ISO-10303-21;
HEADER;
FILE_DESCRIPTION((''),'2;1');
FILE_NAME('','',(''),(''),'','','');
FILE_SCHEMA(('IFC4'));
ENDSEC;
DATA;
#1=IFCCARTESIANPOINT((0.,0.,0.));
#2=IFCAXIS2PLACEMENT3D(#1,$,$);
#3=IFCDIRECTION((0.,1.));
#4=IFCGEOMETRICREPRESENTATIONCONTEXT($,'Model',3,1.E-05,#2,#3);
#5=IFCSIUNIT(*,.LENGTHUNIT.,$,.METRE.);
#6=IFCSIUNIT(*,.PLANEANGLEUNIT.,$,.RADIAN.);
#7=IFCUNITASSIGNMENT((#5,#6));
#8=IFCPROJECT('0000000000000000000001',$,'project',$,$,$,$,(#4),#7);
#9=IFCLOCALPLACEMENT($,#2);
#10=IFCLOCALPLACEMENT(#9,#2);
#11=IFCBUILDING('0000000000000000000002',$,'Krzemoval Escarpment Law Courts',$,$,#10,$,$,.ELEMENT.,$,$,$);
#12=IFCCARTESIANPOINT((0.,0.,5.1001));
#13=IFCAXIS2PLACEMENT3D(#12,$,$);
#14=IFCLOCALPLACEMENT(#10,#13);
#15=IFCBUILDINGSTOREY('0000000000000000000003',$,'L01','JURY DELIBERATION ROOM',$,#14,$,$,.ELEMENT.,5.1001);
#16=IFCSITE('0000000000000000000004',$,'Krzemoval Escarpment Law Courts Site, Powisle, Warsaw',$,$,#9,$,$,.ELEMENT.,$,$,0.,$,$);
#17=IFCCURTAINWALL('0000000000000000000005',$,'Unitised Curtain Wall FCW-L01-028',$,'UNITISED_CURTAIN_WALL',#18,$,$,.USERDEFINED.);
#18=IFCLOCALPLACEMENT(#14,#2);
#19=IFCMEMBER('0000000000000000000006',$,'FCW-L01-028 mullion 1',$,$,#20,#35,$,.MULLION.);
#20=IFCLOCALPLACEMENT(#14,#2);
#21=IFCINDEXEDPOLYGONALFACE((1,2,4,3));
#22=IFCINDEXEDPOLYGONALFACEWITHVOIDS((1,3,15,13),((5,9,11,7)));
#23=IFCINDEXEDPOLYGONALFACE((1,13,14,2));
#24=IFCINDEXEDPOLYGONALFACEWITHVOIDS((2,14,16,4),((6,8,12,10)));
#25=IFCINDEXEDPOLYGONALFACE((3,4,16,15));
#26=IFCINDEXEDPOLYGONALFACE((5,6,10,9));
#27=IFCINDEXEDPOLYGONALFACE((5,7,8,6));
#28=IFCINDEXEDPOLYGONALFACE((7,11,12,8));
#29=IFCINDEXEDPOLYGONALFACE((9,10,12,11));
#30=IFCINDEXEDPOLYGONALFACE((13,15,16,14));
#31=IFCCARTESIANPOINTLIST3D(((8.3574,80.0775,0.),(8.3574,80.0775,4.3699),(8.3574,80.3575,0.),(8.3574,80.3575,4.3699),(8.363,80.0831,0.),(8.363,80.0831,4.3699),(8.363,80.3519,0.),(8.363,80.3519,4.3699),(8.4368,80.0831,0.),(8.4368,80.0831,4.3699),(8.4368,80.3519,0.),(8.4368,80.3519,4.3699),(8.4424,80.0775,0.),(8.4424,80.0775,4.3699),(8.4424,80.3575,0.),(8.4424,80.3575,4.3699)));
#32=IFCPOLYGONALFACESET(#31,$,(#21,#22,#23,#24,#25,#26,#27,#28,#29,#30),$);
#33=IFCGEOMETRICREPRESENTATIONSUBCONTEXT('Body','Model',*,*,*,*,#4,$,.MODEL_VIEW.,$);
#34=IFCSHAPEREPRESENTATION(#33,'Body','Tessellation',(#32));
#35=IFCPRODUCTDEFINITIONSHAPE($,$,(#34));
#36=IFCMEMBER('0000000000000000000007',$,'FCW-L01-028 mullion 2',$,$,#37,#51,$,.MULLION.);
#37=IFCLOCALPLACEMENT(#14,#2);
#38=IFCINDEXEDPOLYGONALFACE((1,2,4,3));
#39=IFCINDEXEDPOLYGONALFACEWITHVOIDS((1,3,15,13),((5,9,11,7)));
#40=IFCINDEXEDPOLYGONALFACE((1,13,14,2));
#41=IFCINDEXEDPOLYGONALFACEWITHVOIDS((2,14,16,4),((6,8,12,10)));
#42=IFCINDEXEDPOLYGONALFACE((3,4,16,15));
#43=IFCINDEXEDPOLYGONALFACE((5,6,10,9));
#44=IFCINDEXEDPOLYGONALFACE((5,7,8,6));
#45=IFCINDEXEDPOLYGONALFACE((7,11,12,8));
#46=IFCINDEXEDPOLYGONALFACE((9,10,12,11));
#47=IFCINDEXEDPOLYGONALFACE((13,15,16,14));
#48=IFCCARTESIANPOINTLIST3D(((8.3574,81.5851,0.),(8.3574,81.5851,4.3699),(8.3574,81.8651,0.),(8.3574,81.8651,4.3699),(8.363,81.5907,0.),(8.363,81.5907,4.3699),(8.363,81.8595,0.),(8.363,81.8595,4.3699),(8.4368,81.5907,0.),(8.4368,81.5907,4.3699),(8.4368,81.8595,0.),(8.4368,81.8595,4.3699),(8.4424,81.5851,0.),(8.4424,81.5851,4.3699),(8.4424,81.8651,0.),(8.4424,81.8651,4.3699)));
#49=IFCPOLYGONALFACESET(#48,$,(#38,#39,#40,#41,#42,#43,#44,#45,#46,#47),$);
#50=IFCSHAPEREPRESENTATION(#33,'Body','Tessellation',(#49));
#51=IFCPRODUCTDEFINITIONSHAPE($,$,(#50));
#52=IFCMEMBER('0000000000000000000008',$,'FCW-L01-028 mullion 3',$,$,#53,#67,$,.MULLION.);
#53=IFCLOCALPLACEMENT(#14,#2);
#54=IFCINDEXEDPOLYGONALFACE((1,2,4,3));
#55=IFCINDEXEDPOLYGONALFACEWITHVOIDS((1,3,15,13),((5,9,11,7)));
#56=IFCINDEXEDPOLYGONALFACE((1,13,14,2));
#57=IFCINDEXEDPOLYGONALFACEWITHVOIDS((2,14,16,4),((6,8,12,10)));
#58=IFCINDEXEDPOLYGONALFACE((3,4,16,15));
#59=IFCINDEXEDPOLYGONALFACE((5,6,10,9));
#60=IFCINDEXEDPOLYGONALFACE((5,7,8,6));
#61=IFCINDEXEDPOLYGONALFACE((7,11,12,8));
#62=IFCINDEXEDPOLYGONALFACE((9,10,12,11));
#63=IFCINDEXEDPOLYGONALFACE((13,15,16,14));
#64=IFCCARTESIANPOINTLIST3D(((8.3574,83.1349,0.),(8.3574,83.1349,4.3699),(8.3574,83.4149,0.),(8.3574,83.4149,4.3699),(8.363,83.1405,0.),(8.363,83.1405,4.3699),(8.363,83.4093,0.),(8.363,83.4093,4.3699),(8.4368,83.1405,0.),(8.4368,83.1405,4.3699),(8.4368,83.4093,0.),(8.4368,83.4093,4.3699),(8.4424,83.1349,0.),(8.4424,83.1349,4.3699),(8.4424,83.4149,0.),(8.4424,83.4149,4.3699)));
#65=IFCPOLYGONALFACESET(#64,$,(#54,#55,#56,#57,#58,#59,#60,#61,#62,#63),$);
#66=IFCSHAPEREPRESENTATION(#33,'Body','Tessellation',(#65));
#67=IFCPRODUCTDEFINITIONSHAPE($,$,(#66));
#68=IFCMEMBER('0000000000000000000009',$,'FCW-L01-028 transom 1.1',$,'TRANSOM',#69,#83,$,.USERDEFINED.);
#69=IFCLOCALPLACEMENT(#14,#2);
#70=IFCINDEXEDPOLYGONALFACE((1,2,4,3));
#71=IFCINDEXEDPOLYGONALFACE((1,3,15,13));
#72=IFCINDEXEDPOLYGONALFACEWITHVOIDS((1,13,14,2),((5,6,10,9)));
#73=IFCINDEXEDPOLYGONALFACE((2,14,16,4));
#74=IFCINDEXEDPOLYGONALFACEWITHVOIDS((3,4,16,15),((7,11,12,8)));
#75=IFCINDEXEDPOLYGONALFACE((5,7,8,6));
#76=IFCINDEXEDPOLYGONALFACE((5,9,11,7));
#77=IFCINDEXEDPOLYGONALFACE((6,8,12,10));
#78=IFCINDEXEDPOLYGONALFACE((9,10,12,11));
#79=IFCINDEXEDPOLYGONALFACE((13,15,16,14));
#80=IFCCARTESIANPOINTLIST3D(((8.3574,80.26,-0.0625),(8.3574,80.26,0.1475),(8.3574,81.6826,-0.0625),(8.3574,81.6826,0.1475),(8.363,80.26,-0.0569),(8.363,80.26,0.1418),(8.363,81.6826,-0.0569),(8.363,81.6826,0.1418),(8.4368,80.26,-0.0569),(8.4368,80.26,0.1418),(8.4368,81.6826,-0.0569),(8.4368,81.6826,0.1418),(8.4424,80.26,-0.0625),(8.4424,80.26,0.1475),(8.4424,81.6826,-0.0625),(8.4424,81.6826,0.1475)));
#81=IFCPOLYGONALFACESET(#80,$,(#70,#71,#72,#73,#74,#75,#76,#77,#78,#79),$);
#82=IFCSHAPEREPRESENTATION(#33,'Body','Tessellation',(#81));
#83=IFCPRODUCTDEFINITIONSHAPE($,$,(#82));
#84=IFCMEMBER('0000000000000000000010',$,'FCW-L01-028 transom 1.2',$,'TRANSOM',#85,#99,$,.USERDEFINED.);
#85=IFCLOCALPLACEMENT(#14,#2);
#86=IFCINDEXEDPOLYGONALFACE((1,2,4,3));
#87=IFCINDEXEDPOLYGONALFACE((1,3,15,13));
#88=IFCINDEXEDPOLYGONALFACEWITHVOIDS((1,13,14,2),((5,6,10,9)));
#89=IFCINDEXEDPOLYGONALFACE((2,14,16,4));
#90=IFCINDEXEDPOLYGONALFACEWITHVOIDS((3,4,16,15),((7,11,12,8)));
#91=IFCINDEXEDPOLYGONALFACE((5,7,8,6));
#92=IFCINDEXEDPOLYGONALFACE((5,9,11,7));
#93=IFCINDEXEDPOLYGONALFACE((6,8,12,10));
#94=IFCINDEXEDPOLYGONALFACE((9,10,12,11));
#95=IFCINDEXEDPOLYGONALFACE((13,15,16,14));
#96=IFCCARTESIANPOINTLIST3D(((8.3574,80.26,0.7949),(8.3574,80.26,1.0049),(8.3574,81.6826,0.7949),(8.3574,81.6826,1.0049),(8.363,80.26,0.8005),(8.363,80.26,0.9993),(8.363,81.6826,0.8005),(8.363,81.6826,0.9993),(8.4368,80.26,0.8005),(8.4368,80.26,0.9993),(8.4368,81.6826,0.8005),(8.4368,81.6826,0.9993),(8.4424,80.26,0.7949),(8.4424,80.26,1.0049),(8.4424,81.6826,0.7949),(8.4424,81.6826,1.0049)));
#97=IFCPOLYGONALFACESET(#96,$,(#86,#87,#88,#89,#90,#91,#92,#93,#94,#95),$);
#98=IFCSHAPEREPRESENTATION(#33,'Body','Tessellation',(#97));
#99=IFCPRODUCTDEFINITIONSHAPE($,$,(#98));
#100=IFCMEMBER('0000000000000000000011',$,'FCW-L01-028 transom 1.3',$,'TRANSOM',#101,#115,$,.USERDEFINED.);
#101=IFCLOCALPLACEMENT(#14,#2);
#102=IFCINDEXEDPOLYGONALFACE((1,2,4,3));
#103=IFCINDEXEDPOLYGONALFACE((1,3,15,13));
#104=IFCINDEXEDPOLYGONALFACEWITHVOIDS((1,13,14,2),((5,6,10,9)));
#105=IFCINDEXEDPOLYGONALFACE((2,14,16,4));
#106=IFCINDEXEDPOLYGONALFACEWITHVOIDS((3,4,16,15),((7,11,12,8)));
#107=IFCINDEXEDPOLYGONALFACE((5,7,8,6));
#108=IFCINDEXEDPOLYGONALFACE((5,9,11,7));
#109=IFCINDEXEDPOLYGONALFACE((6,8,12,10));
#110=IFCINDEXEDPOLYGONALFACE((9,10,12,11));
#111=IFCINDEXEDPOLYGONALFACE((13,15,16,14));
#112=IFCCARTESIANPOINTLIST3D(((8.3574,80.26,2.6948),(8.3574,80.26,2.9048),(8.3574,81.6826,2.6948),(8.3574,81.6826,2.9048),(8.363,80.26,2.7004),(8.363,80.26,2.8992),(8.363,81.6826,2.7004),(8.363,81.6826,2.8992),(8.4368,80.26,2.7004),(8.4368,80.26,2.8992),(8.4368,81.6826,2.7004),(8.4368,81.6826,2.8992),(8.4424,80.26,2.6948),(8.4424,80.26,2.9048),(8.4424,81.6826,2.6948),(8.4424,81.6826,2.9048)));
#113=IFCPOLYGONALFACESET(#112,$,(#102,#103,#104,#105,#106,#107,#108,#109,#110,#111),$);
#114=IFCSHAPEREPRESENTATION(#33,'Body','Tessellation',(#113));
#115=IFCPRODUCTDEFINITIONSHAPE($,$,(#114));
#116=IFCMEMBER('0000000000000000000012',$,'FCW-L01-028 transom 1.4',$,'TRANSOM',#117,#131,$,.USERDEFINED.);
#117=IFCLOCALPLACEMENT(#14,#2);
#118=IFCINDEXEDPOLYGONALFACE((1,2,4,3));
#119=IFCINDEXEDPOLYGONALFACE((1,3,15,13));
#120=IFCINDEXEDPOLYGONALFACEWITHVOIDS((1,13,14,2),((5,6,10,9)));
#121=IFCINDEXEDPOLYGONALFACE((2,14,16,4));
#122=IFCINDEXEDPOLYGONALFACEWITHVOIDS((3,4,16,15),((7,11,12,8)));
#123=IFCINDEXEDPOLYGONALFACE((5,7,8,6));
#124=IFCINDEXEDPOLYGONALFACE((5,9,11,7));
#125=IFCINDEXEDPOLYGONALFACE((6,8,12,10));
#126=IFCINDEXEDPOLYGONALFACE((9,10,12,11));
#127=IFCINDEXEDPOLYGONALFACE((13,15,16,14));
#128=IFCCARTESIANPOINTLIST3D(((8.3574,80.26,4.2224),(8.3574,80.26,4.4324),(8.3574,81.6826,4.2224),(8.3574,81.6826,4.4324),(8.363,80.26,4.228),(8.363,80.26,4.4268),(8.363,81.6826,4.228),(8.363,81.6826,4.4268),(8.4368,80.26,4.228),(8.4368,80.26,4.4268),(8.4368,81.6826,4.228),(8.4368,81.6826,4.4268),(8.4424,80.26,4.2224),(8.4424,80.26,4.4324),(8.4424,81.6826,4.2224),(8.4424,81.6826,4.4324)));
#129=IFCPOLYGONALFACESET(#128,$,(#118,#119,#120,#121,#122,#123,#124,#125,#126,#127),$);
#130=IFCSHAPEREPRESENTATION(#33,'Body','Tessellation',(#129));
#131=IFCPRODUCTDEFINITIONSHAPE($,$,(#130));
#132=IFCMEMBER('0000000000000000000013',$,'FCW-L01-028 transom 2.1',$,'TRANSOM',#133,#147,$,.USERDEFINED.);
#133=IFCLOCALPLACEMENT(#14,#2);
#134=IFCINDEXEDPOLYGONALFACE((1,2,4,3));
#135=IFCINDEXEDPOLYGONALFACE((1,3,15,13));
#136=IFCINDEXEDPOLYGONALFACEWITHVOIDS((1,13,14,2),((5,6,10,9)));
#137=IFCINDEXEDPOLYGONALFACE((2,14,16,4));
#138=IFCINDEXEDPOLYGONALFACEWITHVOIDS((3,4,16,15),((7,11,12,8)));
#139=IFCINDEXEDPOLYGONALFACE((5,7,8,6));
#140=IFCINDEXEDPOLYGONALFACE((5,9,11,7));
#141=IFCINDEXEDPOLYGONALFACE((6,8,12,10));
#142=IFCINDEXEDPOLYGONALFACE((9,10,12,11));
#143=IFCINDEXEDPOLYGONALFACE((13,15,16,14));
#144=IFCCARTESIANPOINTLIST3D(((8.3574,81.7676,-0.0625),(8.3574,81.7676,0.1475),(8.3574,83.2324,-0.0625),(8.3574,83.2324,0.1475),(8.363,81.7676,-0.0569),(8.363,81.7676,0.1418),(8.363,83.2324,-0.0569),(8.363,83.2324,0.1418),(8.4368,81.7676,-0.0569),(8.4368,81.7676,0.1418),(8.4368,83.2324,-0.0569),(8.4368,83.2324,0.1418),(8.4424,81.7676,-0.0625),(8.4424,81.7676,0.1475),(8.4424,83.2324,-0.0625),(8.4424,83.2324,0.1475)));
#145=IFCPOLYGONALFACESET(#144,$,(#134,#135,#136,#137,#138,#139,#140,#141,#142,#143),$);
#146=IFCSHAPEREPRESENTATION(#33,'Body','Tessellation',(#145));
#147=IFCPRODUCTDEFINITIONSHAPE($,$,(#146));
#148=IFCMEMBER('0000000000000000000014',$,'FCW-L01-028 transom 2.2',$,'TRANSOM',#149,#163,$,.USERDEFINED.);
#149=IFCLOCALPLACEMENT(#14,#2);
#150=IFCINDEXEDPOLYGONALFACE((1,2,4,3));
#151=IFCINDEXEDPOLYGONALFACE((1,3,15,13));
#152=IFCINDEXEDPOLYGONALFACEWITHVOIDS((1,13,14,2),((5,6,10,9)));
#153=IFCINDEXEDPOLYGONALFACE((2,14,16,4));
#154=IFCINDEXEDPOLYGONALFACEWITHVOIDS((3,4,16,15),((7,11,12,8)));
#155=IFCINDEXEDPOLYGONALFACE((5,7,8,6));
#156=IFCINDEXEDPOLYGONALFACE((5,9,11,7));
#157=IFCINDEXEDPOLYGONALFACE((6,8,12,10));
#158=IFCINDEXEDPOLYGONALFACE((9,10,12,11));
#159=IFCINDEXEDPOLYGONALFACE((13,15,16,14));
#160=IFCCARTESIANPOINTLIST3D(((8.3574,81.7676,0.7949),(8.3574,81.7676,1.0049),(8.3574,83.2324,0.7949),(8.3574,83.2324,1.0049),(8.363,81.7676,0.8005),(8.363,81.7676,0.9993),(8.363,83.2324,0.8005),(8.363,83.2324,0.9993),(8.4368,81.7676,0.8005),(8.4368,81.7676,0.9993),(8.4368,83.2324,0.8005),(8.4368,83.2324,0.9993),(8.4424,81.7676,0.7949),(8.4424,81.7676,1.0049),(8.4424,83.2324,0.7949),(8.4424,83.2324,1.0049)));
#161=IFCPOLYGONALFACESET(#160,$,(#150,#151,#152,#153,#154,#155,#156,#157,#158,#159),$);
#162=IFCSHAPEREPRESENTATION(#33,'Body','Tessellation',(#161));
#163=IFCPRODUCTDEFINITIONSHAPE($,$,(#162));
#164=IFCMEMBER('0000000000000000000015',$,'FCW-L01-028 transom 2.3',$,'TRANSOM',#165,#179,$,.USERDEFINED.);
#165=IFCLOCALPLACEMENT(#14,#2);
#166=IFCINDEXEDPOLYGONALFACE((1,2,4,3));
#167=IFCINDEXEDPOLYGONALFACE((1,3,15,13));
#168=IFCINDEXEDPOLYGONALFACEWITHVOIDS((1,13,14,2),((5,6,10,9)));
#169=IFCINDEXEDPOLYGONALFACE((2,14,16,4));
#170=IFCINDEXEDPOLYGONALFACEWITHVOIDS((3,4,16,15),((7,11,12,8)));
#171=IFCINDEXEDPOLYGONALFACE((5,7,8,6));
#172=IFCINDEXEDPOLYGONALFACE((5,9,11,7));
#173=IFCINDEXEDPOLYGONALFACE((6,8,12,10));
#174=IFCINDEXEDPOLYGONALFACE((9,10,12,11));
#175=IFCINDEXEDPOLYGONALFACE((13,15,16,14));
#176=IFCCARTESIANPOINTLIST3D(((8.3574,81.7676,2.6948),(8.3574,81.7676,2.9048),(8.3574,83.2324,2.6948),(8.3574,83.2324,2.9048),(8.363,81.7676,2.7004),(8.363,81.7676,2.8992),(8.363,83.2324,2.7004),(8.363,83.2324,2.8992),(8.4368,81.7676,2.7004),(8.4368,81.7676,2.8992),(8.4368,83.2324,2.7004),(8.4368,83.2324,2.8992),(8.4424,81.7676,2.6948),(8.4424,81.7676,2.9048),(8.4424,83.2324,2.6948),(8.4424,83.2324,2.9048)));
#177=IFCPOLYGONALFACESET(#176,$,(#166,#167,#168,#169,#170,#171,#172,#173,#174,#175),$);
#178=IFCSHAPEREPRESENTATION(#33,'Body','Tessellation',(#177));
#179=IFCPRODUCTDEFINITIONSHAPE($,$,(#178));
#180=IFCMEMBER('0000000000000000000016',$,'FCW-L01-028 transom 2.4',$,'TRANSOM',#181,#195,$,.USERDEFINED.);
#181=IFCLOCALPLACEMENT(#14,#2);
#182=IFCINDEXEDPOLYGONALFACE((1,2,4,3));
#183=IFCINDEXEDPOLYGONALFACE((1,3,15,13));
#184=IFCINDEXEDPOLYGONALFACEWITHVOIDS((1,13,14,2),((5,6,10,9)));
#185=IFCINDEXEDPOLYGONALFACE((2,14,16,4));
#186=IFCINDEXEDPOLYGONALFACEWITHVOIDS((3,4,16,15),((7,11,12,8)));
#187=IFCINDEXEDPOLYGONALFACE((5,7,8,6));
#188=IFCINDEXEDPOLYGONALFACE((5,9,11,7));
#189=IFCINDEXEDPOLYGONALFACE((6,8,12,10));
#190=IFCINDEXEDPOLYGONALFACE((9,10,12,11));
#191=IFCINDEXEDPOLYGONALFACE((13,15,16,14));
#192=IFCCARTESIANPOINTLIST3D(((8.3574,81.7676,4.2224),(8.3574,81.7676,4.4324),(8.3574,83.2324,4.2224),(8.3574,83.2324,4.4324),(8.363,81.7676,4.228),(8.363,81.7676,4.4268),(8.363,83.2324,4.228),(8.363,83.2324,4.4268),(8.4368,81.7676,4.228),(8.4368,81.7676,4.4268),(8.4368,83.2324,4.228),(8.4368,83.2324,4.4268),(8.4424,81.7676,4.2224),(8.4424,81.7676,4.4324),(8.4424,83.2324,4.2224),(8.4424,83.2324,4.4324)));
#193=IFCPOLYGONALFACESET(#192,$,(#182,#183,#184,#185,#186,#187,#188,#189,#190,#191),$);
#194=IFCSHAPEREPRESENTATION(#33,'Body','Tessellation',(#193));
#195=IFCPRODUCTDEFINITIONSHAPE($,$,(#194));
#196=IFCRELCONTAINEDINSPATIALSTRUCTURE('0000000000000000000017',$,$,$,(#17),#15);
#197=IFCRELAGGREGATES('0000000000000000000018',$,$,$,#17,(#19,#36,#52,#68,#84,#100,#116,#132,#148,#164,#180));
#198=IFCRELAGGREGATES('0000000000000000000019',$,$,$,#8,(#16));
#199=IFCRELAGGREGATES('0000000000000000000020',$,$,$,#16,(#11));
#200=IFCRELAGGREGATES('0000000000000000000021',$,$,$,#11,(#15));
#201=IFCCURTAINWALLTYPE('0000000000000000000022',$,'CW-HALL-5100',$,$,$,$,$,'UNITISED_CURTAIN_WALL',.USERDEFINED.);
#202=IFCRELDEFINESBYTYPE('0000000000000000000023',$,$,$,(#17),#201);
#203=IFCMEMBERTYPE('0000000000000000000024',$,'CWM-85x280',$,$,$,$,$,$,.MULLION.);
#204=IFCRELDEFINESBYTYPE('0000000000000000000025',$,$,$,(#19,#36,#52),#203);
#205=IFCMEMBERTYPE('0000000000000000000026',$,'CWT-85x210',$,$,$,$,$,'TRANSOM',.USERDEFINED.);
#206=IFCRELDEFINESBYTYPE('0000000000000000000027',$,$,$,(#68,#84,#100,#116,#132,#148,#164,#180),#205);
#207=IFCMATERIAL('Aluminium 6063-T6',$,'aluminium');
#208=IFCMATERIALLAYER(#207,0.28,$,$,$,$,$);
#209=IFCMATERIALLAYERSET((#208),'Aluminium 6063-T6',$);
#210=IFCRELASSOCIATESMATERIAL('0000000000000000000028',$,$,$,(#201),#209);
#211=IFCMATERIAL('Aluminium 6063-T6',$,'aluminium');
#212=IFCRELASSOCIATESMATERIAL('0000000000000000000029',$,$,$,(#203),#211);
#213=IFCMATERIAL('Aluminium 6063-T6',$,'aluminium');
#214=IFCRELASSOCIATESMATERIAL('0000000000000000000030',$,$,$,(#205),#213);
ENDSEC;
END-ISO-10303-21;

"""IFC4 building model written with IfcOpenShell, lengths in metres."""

from ifc_helpers import new_model, si_unit, direction, frame, origin, origin_2d, place, context, subcontext, project, spatial, hollow_rectangle, extrude, material, layer, layer_set, material_profile, profile_set, type_object, element, aggregate, save


model = new_model("IFC4")

# Units and contexts
model_context = context("Model", 3, precision=1e-05, world=origin(), true_north=direction((0.0, 1.0)))
body_context = subcontext(model_context, "Body", "Model", "MODEL_VIEW")
ifc_project = project(units=[si_unit("LENGTHUNIT", "METRE"), si_unit("PLANEANGLEUNIT", "RADIAN")], contexts=[model_context])

# Site, building, storey
site_placement = place(None, origin())
site = spatial("IfcSite", under=ifc_project, at=site_placement, Name="Krzemoval Escarpment Law Courts Site, Powisle, Warsaw", CompositionType="ELEMENT", RefElevation=0.0)
building_placement = place(site_placement, origin())
building = spatial("IfcBuilding", under=site, at=building_placement, Name="Krzemoval Escarpment Law Courts", CompositionType="ELEMENT")
storey_placement = place(building_placement, frame((0.0, 0.0, 5.1001)))
storey = spatial("IfcBuildingStorey", under=building, at=storey_placement, Name="L01", Description="JURY DELIBERATION ROOM", CompositionType="ELEMENT", Elevation=5.1001)

# Curtain wall, members
ifc_material_1 = material(Name="Aluminium 6063-T6", Category="aluminium")
ifc_layer_1 = layer(ifc_material_1, 0.28)
ifc_layer_set_1 = layer_set([ifc_layer_1], Name="Aluminium 6063-T6")
curtain_wall_type = type_object("IfcCurtainWallType", Name="CW-HALL-5100", ElementType="UNITISED_CURTAIN_WALL", PredefinedType="USERDEFINED", material=ifc_layer_set_1)
curtain_wall_placement = place(storey_placement, origin())
curtain_wall = element("IfcCurtainWall", 1, at=curtain_wall_placement, inside=storey, type_object=curtain_wall_type, Name="Unitised Curtain Wall FCW-L01-028", ObjectType="UNITISED_CURTAIN_WALL", PredefinedType="USERDEFINED")
ifc_material_2 = material(Name="Aluminium 6063-T6", Category="aluminium")
ifc_material_profile_1 = material_profile(ifc_material_2, hollow_rectangle(XDim=0.085, YDim=0.28, WallThickness=0.0056, at=origin_2d()), Name="ALU M85x280")
ifc_profile_set_1 = profile_set([ifc_material_profile_1], Name="Aluminium 6063-T6")
member_type_1 = type_object("IfcMemberType", Name="CWM-85x280", PredefinedType="MULLION", material=ifc_profile_set_1)
member_1_placement = place(storey_placement, frame((8.3999, 80.2175, 0.0), z_axis=(0.0, 0.0, 1.0), x_axis=(-1.0, 0.0, 0.0)))
member_1 = element("IfcMember", 2, at=member_1_placement, type_object=member_type_1, Name="FCW-L01-028 mullion 1", PredefinedType="MULLION", context=body_context, shape_type="SweptSolid", body=[
    extrude(hollow_rectangle(XDim=0.085, YDim=0.28, WallThickness=0.0056, at=origin_2d()), origin(), (0.0, 0.0, 1.0), 4.3699),
])
member_2_placement = place(storey_placement, frame((8.3999, 81.7251, 0.0), z_axis=(0.0, 0.0, 1.0), x_axis=(-1.0, 0.0, 0.0)))
member_2 = element("IfcMember", 3, at=member_2_placement, type_object=member_type_1, Name="FCW-L01-028 mullion 2", PredefinedType="MULLION", context=body_context, shape_type="SweptSolid", body=[
    extrude(hollow_rectangle(XDim=0.085, YDim=0.28, WallThickness=0.0056, at=origin_2d()), origin(), (0.0, 0.0, 1.0), 4.3699),
])
member_3_placement = place(storey_placement, frame((8.3999, 83.2749, 0.0), z_axis=(0.0, 0.0, 1.0), x_axis=(-1.0, 0.0, 0.0)))
member_3 = element("IfcMember", 4, at=member_3_placement, type_object=member_type_1, Name="FCW-L01-028 mullion 3", PredefinedType="MULLION", context=body_context, shape_type="SweptSolid", body=[
    extrude(hollow_rectangle(XDim=0.085, YDim=0.28, WallThickness=0.0056, at=origin_2d()), origin(), (0.0, 0.0, 1.0), 4.3699),
])
ifc_material_3 = material(Name="Aluminium 6063-T6", Category="aluminium")
ifc_material_profile_2 = material_profile(ifc_material_3, hollow_rectangle(XDim=0.085, YDim=0.21, WallThickness=0.0056, at=origin_2d()), Name="ALU T85x210")
ifc_profile_set_2 = profile_set([ifc_material_profile_2], Name="Aluminium 6063-T6")
member_type_2 = type_object("IfcMemberType", Name="CWT-85x210", ElementType="TRANSOM", PredefinedType="USERDEFINED", material=ifc_profile_set_2)
member_4_placement = place(storey_placement, frame((8.3999, 80.26, 0.0425), z_axis=(0.0, 1.0, 0.0), x_axis=(-1.0, 0.0, 0.0)))
member_4 = element("IfcMember", 5, at=member_4_placement, type_object=member_type_2, Name="FCW-L01-028 transom 1.1", ObjectType="TRANSOM", PredefinedType="USERDEFINED", context=body_context, shape_type="SweptSolid", body=[
    extrude(hollow_rectangle(XDim=0.085, YDim=0.21, WallThickness=0.0056, at=origin_2d()), origin(), (0.0, 0.0, 1.0), 1.4226),
])
member_5_placement = place(storey_placement, frame((8.3999, 80.26, 0.8999), z_axis=(0.0, 1.0, 0.0), x_axis=(-1.0, 0.0, 0.0)))
member_5 = element("IfcMember", 6, at=member_5_placement, type_object=member_type_2, Name="FCW-L01-028 transom 1.2", ObjectType="TRANSOM", PredefinedType="USERDEFINED", context=body_context, shape_type="SweptSolid", body=[
    extrude(hollow_rectangle(XDim=0.085, YDim=0.21, WallThickness=0.0056, at=origin_2d()), origin(), (0.0, 0.0, 1.0), 1.4226),
])
member_6_placement = place(storey_placement, frame((8.3999, 80.26, 2.7998), z_axis=(0.0, 1.0, 0.0), x_axis=(-1.0, 0.0, 0.0)))
member_6 = element("IfcMember", 7, at=member_6_placement, type_object=member_type_2, Name="FCW-L01-028 transom 1.3", ObjectType="TRANSOM", PredefinedType="USERDEFINED", context=body_context, shape_type="SweptSolid", body=[
    extrude(hollow_rectangle(XDim=0.085, YDim=0.21, WallThickness=0.0056, at=origin_2d()), origin(), (0.0, 0.0, 1.0), 1.4226),
])
member_7_placement = place(storey_placement, frame((8.3999, 80.26, 4.3274), z_axis=(0.0, 1.0, 0.0), x_axis=(-1.0, 0.0, 0.0)))
member_7 = element("IfcMember", 8, at=member_7_placement, type_object=member_type_2, Name="FCW-L01-028 transom 1.4", ObjectType="TRANSOM", PredefinedType="USERDEFINED", context=body_context, shape_type="SweptSolid", body=[
    extrude(hollow_rectangle(XDim=0.085, YDim=0.21, WallThickness=0.0056, at=origin_2d()), origin(), (0.0, 0.0, 1.0), 1.4226),
])
member_8_placement = place(storey_placement, frame((8.3999, 81.7676, 0.0425), z_axis=(0.0, 1.0, 0.0), x_axis=(-1.0, 0.0, 0.0)))
member_8 = element("IfcMember", 9, at=member_8_placement, type_object=member_type_2, Name="FCW-L01-028 transom 2.1", ObjectType="TRANSOM", PredefinedType="USERDEFINED", context=body_context, shape_type="SweptSolid", body=[
    extrude(hollow_rectangle(XDim=0.085, YDim=0.21, WallThickness=0.0056, at=origin_2d()), origin(), (0.0, 0.0, 1.0), 1.4648),
])
member_9_placement = place(storey_placement, frame((8.3999, 81.7676, 0.8999), z_axis=(0.0, 1.0, 0.0), x_axis=(-1.0, 0.0, 0.0)))
member_9 = element("IfcMember", 10, at=member_9_placement, type_object=member_type_2, Name="FCW-L01-028 transom 2.2", ObjectType="TRANSOM", PredefinedType="USERDEFINED", context=body_context, shape_type="SweptSolid", body=[
    extrude(hollow_rectangle(XDim=0.085, YDim=0.21, WallThickness=0.0056, at=origin_2d()), origin(), (0.0, 0.0, 1.0), 1.4648),
])
member_10_placement = place(storey_placement, frame((8.3999, 81.7676, 2.7998), z_axis=(0.0, 1.0, 0.0), x_axis=(-1.0, 0.0, 0.0)))
member_10 = element("IfcMember", 11, at=member_10_placement, type_object=member_type_2, Name="FCW-L01-028 transom 2.3", ObjectType="TRANSOM", PredefinedType="USERDEFINED", context=body_context, shape_type="SweptSolid", body=[
    extrude(hollow_rectangle(XDim=0.085, YDim=0.21, WallThickness=0.0056, at=origin_2d()), origin(), (0.0, 0.0, 1.0), 1.4648),
])
member_11_placement = place(storey_placement, frame((8.3999, 81.7676, 4.3274), z_axis=(0.0, 1.0, 0.0), x_axis=(-1.0, 0.0, 0.0)))
member_11 = element("IfcMember", 12, at=member_11_placement, type_object=member_type_2, Name="FCW-L01-028 transom 2.4", ObjectType="TRANSOM", PredefinedType="USERDEFINED", context=body_context, shape_type="SweptSolid", body=[
    extrude(hollow_rectangle(XDim=0.085, YDim=0.21, WallThickness=0.0056, at=origin_2d()), origin(), (0.0, 0.0, 1.0), 1.4648),
])

aggregate(curtain_wall, [member_1, member_2, member_3, member_4, member_5, member_6, member_7, member_8, member_9, member_10, member_11])

save(model, "model.ifc")
